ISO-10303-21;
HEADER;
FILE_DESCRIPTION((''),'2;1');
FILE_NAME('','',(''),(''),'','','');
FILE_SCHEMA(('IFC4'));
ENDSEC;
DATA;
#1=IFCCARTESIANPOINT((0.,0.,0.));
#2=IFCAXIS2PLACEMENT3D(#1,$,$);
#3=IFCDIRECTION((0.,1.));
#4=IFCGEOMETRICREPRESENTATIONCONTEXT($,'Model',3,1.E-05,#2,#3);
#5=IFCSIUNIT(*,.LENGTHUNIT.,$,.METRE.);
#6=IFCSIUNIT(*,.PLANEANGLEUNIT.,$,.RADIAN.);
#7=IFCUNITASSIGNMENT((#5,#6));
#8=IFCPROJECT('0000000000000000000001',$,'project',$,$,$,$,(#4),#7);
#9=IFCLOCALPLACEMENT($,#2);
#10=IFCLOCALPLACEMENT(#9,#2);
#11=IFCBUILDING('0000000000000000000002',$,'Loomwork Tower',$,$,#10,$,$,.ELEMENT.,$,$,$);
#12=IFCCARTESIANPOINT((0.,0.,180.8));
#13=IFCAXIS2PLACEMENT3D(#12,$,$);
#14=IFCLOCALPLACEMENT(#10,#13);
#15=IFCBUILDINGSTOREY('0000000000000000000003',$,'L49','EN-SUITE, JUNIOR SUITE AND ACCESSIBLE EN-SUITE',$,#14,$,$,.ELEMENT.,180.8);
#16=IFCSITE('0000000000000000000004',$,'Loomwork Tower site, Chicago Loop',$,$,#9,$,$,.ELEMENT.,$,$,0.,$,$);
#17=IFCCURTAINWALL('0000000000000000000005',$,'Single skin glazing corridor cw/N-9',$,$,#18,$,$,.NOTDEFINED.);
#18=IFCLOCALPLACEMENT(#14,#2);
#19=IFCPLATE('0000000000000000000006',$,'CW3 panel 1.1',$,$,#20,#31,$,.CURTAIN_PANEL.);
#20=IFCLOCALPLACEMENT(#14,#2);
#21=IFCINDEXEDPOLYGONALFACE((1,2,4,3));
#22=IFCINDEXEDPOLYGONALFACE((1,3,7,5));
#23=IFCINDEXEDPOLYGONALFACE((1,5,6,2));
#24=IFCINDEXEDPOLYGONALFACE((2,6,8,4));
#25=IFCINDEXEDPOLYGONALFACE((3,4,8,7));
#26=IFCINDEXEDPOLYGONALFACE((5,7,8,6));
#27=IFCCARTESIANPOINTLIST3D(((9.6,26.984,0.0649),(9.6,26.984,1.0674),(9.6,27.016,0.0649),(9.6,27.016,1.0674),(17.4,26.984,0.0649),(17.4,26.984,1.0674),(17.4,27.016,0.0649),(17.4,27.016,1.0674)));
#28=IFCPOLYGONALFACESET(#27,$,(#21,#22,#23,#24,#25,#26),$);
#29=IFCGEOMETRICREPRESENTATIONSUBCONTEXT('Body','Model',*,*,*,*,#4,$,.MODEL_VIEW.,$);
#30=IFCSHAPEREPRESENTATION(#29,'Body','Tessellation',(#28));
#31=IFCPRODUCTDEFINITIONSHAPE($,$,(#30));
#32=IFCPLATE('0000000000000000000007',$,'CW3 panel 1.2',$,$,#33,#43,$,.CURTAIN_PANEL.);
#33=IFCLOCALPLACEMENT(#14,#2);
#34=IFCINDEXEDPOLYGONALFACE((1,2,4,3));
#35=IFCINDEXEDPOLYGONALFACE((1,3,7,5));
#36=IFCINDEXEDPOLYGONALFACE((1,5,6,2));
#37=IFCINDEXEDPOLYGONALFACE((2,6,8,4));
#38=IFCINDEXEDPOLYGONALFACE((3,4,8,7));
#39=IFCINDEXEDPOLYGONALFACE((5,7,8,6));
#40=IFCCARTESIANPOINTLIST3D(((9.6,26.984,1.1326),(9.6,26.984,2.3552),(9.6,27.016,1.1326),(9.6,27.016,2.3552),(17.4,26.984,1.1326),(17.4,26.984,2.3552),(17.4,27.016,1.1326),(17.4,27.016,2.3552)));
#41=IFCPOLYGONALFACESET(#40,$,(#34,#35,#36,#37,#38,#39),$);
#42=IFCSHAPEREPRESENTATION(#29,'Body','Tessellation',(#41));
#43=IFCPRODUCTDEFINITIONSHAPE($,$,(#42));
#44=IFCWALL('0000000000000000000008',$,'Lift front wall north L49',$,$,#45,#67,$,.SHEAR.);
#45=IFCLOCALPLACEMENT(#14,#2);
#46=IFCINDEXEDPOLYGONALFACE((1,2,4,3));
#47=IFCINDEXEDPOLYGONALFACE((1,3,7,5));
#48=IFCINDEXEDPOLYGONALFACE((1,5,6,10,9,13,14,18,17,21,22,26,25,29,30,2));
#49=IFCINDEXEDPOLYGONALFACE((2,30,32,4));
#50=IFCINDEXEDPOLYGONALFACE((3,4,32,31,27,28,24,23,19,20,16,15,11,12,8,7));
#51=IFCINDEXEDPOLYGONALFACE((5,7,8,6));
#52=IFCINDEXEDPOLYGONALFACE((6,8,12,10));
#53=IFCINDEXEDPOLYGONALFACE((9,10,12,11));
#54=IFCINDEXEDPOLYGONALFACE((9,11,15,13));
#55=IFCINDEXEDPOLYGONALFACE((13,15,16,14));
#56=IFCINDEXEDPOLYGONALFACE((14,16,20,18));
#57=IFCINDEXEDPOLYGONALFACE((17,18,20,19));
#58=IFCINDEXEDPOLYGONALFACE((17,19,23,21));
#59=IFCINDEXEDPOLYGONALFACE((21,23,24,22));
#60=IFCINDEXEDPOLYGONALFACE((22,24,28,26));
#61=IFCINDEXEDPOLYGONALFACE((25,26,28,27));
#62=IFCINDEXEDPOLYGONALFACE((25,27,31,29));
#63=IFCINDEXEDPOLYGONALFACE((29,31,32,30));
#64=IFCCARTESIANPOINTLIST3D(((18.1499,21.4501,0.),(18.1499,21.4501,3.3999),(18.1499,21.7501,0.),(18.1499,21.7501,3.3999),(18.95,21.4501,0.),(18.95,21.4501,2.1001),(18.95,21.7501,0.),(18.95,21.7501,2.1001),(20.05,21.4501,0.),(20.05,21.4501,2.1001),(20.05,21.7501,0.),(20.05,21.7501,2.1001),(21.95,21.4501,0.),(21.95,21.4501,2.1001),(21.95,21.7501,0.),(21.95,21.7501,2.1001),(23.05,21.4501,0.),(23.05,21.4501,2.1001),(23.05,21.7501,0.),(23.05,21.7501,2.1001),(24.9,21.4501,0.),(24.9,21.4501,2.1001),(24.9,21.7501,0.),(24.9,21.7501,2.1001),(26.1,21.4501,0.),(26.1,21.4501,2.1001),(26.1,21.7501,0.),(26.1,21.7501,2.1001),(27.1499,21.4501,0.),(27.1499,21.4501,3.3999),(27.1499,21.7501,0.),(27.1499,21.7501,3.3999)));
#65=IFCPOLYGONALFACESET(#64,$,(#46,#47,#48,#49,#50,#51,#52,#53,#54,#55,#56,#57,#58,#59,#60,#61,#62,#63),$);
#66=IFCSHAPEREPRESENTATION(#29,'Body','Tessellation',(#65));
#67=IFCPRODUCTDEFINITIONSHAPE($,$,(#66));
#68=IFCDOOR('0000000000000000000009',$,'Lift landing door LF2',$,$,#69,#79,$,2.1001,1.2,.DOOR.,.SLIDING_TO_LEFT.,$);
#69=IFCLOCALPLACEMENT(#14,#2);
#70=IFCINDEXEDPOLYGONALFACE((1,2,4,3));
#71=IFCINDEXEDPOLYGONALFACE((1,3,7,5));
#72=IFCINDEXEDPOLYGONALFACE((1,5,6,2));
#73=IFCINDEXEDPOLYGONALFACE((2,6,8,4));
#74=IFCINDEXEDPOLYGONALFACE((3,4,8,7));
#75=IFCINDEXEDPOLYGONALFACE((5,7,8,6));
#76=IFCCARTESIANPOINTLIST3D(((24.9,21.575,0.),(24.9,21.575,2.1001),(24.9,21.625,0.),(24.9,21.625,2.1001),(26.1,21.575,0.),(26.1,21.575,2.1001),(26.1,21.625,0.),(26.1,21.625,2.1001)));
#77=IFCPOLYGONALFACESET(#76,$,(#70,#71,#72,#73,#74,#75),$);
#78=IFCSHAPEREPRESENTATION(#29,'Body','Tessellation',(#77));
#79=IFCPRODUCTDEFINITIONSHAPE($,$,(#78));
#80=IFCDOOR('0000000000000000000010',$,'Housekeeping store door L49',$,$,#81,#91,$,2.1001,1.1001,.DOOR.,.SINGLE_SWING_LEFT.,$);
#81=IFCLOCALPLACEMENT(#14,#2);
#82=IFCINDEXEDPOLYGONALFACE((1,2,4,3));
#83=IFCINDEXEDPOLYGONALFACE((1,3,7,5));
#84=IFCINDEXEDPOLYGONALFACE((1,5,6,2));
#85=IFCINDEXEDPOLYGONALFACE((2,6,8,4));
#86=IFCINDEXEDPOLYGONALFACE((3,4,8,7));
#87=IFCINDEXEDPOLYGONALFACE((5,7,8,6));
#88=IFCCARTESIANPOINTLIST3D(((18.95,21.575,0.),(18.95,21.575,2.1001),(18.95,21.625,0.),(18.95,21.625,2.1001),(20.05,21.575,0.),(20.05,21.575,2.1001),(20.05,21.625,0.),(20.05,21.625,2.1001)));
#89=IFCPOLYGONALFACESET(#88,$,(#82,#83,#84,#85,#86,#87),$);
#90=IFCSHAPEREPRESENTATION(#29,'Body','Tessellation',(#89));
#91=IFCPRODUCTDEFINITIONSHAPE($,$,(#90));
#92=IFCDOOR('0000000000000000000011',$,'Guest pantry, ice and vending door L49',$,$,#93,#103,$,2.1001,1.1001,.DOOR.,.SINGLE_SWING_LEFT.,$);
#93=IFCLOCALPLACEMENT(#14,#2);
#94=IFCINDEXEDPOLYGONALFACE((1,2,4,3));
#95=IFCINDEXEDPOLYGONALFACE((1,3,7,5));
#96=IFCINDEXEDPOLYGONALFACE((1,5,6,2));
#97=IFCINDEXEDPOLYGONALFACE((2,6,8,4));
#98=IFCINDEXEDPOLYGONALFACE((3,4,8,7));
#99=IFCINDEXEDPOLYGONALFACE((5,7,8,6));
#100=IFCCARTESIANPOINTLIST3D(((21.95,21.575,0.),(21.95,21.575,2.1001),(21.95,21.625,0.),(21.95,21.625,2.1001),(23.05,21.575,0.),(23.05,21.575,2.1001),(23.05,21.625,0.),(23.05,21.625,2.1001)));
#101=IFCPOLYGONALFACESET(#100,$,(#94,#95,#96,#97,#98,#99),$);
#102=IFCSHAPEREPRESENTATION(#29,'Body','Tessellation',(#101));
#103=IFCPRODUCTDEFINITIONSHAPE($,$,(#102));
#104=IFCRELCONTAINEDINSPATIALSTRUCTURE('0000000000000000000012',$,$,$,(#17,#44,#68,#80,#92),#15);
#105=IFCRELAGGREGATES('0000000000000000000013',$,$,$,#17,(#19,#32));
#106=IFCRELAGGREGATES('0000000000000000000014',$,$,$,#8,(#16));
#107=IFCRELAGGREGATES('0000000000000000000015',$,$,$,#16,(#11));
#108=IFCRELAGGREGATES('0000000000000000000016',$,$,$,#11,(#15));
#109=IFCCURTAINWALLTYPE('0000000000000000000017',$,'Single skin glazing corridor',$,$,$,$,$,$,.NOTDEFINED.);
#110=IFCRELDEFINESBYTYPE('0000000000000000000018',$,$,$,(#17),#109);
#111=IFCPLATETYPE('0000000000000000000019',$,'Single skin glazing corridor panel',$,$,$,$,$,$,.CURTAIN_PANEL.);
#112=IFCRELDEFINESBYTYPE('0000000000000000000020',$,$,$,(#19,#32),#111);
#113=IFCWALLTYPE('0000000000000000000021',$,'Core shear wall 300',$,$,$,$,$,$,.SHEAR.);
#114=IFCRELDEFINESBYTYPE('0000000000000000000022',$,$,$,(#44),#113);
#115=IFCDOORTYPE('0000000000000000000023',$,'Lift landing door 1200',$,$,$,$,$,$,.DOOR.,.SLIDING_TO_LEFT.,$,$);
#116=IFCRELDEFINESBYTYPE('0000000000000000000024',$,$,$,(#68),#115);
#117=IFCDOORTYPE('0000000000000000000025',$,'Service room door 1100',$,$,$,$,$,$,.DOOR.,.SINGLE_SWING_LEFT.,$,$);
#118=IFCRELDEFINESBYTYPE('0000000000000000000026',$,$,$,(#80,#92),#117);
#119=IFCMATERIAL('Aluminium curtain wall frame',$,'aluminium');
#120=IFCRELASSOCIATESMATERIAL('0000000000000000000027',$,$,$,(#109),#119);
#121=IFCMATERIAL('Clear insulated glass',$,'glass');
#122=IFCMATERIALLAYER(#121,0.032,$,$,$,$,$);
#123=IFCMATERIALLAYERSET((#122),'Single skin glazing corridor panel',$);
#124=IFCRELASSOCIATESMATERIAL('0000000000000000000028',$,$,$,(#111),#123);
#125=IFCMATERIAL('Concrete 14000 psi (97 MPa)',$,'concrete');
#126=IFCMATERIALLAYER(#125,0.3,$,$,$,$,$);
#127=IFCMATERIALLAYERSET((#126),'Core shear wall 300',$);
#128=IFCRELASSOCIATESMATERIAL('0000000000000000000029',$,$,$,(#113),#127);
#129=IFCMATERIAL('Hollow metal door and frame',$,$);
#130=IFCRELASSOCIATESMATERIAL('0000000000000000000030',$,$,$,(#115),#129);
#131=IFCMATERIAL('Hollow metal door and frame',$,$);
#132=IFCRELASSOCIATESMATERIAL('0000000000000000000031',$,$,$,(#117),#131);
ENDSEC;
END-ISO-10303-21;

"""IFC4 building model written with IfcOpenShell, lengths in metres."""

from ifc_helpers import new_model, si_unit, direction, frame, frame_2d, origin, origin_2d, place, context, subcontext, project, spatial, rectangle, extrude, material, layer, layer_set, type_object, element, fill, aggregate, save


model = new_model("IFC4")

# Units and contexts
model_context = context("Model", 3, precision=1e-05, world=origin(), true_north=direction((0.0, 1.0)))
body_context = subcontext(model_context, "Body", "Model", "MODEL_VIEW")
ifc_project = project(units=[si_unit("LENGTHUNIT", "METRE"), si_unit("PLANEANGLEUNIT", "RADIAN")], contexts=[model_context])

# Site, building, storey
site_placement = place(None, origin())
site = spatial("IfcSite", under=ifc_project, at=site_placement, Name="Loomwork Tower site, Chicago Loop", CompositionType="ELEMENT", RefElevation=0.0)
building_placement = place(site_placement, origin())
building = spatial("IfcBuilding", under=site, at=building_placement, Name="Loomwork Tower", CompositionType="ELEMENT")
storey_placement = place(building_placement, frame((0.0, 0.0, 180.8)))
storey = spatial("IfcBuildingStorey", under=building, at=storey_placement, Name="L49", Description="EN-SUITE, JUNIOR SUITE AND ACCESSIBLE EN-SUITE", CompositionType="ELEMENT", Elevation=180.8)

# Shared definitions
ifc_material_1 = material(Name="Aluminium curtain wall frame", Category="aluminium")
curtain_wall_type = type_object("IfcCurtainWallType", Name="Single skin glazing corridor", PredefinedType="NOTDEFINED", material=ifc_material_1)

# Curtain wall, plates
curtain_wall_1_placement = place(storey_placement, origin())
curtain_wall_1 = element("IfcCurtainWall", 1, at=curtain_wall_1_placement, inside=storey, type_object=curtain_wall_type, Name="Single skin glazing corridor cw/N-9", PredefinedType="NOTDEFINED")
ifc_material_2 = material(Name="Clear insulated glass", Category="glass")
ifc_layer_1 = layer(ifc_material_2, 0.032)
ifc_layer_set_1 = layer_set([ifc_layer_1], Name="Single skin glazing corridor panel")
plate_type = type_object("IfcPlateType", Name="Single skin glazing corridor panel", PredefinedType="CURTAIN_PANEL", material=ifc_layer_set_1)
plate_1_placement = place(storey_placement, frame((13.5, 27.0, 0.0649), z_axis=(0.0, 0.0, 1.0), x_axis=(-1.0, 0.0, 0.0)))
plate_1 = element("IfcPlate", 2, at=plate_1_placement, type_object=plate_type, Name="CW3 panel 1.1", PredefinedType="CURTAIN_PANEL", context=body_context, shape_type="SweptSolid", body=[
    extrude(rectangle(XDim=7.8, YDim=0.032, at=origin_2d()), origin(), (0.0, 0.0, 1.0), 1.0024),
])
plate_2_placement = place(storey_placement, frame((13.5, 27.0, 1.1326), z_axis=(0.0, 0.0, 1.0), x_axis=(-1.0, 0.0, 0.0)))
plate_2 = element("IfcPlate", 3, at=plate_2_placement, type_object=plate_type, Name="CW3 panel 1.2", PredefinedType="CURTAIN_PANEL", context=body_context, shape_type="SweptSolid", body=[
    extrude(rectangle(XDim=7.8, YDim=0.032, at=origin_2d()), origin(), (0.0, 0.0, 1.0), 1.2227),
])
aggregate(curtain_wall_1, [plate_1, plate_2])

# Wall, openings, doors
ifc_material_3 = material(Name="Concrete 14000 psi (97 MPa)", Category="concrete")
ifc_layer_2 = layer(ifc_material_3, 0.3)
ifc_layer_set_2 = layer_set([ifc_layer_2], Name="Core shear wall 300")
wall_type_1 = type_object("IfcWallType", Name="Core shear wall 300", PredefinedType="SHEAR", material=ifc_layer_set_2)
wall_1_placement = place(storey_placement, frame((18.1499, 21.6001, 0.0), z_axis=(0.0, 0.0, 1.0), x_axis=(1.0, 0.0, 0.0)))
wall_1 = element("IfcWall", 4, at=wall_1_placement, inside=storey, type_object=wall_type_1, Name="Lift front wall north L49", PredefinedType="SHEAR", context=body_context, shape_type="SweptSolid", body=[
    extrude(rectangle(XDim=9.0, YDim=0.3, at=frame_2d((4.5, 0.0))), origin(), (0.0, 0.0, 1.0), 3.3999),
])
opening_1_placement = place(wall_1_placement, frame((6.75, 0.0, 0.0)))
opening_1 = element("IfcOpeningElement", 5, at=opening_1_placement, cuts=wall_1, PredefinedType="OPENING", context=body_context, shape_type="SweptSolid", body=[
    extrude(rectangle(XDim=1.2, YDim=2.1001, at=frame_2d((0.6001, 1.05))), frame((0.0, 0.1599, 0.0), z_axis=(0.0, -1.0, 0.0), x_axis=(1.0, 0.0, 0.0)), (0.0, 0.0, 1.0), 0.3201),
])
opening_2_placement = place(wall_1_placement, frame((0.8, 0.0, 0.0)))
opening_2 = element("IfcOpeningElement", 6, at=opening_2_placement, cuts=wall_1, PredefinedType="OPENING", context=body_context, shape_type="SweptSolid", body=[
    extrude(rectangle(XDim=1.1001, YDim=2.1001, at=frame_2d((0.55, 1.05))), frame((0.0, 0.1599, 0.0), z_axis=(0.0, -1.0, 0.0), x_axis=(1.0, 0.0, 0.0)), (0.0, 0.0, 1.0), 0.3201),
])
opening_3_placement = place(wall_1_placement, frame((3.8, 0.0, 0.0)))
opening_3 = element("IfcOpeningElement", 7, at=opening_3_placement, cuts=wall_1, PredefinedType="OPENING", context=body_context, shape_type="SweptSolid", body=[
    extrude(rectangle(XDim=1.1001, YDim=2.1001, at=frame_2d((0.55, 1.05))), frame((0.0, 0.1599, 0.0), z_axis=(0.0, -1.0, 0.0), x_axis=(1.0, 0.0, 0.0)), (0.0, 0.0, 1.0), 0.3201),
])
ifc_material_4 = material(Name="Hollow metal door and frame")
door_type_1 = type_object("IfcDoorType", Name="Lift landing door 1200", OperationType="SLIDING_TO_LEFT", PredefinedType="DOOR", material=ifc_material_4)
door_1_placement = place(opening_1_placement, origin())
door_1 = element("IfcDoor", 8, at=door_1_placement, inside=storey, type_object=door_type_1, Name="Lift landing door LF2", OperationType="SLIDING_TO_LEFT", OverallHeight=2.1001, OverallWidth=1.2, PredefinedType="DOOR", context=body_context, shape_type="SweptSolid", body=[
    extrude(rectangle(XDim=1.2, YDim=2.1001, at=frame_2d((0.6001, 1.05))), frame((0.0, 0.0249, 0.0), z_axis=(0.0, -1.0, 0.0), x_axis=(1.0, 0.0, 0.0)), (0.0, 0.0, 1.0), 0.05),
])
fill(opening_1, door_1)
ifc_material_5 = material(Name="Hollow metal door and frame")
door_type_2 = type_object("IfcDoorType", Name="Service room door 1100", OperationType="SINGLE_SWING_LEFT", PredefinedType="DOOR", material=ifc_material_5)
door_2_placement = place(opening_2_placement, origin())
door_2 = element("IfcDoor", 9, at=door_2_placement, inside=storey, type_object=door_type_2, Name="Housekeeping store door L49", OperationType="SINGLE_SWING_LEFT", OverallHeight=2.1001, OverallWidth=1.1001, PredefinedType="DOOR", context=body_context, shape_type="SweptSolid", body=[
    extrude(rectangle(XDim=1.1001, YDim=2.1001, at=frame_2d((0.55, 1.05))), frame((0.0, 0.0249, 0.0), z_axis=(0.0, -1.0, 0.0), x_axis=(1.0, 0.0, 0.0)), (0.0, 0.0, 1.0), 0.05),
])
fill(opening_2, door_2)
door_3_placement = place(opening_3_placement, origin())
door_3 = element("IfcDoor", 10, at=door_3_placement, inside=storey, type_object=door_type_2, Name="Guest pantry, ice and vending door L49", OperationType="SINGLE_SWING_LEFT", OverallHeight=2.1001, OverallWidth=1.1001, PredefinedType="DOOR", context=body_context, shape_type="SweptSolid", body=[
    extrude(rectangle(XDim=1.1001, YDim=2.1001, at=frame_2d((0.55, 1.05))), frame((0.0, 0.0249, 0.0), z_axis=(0.0, -1.0, 0.0), x_axis=(1.0, 0.0, 0.0)), (0.0, 0.0, 1.0), 0.05),
])
fill(opening_3, door_3)

save(model, "model.ifc")
